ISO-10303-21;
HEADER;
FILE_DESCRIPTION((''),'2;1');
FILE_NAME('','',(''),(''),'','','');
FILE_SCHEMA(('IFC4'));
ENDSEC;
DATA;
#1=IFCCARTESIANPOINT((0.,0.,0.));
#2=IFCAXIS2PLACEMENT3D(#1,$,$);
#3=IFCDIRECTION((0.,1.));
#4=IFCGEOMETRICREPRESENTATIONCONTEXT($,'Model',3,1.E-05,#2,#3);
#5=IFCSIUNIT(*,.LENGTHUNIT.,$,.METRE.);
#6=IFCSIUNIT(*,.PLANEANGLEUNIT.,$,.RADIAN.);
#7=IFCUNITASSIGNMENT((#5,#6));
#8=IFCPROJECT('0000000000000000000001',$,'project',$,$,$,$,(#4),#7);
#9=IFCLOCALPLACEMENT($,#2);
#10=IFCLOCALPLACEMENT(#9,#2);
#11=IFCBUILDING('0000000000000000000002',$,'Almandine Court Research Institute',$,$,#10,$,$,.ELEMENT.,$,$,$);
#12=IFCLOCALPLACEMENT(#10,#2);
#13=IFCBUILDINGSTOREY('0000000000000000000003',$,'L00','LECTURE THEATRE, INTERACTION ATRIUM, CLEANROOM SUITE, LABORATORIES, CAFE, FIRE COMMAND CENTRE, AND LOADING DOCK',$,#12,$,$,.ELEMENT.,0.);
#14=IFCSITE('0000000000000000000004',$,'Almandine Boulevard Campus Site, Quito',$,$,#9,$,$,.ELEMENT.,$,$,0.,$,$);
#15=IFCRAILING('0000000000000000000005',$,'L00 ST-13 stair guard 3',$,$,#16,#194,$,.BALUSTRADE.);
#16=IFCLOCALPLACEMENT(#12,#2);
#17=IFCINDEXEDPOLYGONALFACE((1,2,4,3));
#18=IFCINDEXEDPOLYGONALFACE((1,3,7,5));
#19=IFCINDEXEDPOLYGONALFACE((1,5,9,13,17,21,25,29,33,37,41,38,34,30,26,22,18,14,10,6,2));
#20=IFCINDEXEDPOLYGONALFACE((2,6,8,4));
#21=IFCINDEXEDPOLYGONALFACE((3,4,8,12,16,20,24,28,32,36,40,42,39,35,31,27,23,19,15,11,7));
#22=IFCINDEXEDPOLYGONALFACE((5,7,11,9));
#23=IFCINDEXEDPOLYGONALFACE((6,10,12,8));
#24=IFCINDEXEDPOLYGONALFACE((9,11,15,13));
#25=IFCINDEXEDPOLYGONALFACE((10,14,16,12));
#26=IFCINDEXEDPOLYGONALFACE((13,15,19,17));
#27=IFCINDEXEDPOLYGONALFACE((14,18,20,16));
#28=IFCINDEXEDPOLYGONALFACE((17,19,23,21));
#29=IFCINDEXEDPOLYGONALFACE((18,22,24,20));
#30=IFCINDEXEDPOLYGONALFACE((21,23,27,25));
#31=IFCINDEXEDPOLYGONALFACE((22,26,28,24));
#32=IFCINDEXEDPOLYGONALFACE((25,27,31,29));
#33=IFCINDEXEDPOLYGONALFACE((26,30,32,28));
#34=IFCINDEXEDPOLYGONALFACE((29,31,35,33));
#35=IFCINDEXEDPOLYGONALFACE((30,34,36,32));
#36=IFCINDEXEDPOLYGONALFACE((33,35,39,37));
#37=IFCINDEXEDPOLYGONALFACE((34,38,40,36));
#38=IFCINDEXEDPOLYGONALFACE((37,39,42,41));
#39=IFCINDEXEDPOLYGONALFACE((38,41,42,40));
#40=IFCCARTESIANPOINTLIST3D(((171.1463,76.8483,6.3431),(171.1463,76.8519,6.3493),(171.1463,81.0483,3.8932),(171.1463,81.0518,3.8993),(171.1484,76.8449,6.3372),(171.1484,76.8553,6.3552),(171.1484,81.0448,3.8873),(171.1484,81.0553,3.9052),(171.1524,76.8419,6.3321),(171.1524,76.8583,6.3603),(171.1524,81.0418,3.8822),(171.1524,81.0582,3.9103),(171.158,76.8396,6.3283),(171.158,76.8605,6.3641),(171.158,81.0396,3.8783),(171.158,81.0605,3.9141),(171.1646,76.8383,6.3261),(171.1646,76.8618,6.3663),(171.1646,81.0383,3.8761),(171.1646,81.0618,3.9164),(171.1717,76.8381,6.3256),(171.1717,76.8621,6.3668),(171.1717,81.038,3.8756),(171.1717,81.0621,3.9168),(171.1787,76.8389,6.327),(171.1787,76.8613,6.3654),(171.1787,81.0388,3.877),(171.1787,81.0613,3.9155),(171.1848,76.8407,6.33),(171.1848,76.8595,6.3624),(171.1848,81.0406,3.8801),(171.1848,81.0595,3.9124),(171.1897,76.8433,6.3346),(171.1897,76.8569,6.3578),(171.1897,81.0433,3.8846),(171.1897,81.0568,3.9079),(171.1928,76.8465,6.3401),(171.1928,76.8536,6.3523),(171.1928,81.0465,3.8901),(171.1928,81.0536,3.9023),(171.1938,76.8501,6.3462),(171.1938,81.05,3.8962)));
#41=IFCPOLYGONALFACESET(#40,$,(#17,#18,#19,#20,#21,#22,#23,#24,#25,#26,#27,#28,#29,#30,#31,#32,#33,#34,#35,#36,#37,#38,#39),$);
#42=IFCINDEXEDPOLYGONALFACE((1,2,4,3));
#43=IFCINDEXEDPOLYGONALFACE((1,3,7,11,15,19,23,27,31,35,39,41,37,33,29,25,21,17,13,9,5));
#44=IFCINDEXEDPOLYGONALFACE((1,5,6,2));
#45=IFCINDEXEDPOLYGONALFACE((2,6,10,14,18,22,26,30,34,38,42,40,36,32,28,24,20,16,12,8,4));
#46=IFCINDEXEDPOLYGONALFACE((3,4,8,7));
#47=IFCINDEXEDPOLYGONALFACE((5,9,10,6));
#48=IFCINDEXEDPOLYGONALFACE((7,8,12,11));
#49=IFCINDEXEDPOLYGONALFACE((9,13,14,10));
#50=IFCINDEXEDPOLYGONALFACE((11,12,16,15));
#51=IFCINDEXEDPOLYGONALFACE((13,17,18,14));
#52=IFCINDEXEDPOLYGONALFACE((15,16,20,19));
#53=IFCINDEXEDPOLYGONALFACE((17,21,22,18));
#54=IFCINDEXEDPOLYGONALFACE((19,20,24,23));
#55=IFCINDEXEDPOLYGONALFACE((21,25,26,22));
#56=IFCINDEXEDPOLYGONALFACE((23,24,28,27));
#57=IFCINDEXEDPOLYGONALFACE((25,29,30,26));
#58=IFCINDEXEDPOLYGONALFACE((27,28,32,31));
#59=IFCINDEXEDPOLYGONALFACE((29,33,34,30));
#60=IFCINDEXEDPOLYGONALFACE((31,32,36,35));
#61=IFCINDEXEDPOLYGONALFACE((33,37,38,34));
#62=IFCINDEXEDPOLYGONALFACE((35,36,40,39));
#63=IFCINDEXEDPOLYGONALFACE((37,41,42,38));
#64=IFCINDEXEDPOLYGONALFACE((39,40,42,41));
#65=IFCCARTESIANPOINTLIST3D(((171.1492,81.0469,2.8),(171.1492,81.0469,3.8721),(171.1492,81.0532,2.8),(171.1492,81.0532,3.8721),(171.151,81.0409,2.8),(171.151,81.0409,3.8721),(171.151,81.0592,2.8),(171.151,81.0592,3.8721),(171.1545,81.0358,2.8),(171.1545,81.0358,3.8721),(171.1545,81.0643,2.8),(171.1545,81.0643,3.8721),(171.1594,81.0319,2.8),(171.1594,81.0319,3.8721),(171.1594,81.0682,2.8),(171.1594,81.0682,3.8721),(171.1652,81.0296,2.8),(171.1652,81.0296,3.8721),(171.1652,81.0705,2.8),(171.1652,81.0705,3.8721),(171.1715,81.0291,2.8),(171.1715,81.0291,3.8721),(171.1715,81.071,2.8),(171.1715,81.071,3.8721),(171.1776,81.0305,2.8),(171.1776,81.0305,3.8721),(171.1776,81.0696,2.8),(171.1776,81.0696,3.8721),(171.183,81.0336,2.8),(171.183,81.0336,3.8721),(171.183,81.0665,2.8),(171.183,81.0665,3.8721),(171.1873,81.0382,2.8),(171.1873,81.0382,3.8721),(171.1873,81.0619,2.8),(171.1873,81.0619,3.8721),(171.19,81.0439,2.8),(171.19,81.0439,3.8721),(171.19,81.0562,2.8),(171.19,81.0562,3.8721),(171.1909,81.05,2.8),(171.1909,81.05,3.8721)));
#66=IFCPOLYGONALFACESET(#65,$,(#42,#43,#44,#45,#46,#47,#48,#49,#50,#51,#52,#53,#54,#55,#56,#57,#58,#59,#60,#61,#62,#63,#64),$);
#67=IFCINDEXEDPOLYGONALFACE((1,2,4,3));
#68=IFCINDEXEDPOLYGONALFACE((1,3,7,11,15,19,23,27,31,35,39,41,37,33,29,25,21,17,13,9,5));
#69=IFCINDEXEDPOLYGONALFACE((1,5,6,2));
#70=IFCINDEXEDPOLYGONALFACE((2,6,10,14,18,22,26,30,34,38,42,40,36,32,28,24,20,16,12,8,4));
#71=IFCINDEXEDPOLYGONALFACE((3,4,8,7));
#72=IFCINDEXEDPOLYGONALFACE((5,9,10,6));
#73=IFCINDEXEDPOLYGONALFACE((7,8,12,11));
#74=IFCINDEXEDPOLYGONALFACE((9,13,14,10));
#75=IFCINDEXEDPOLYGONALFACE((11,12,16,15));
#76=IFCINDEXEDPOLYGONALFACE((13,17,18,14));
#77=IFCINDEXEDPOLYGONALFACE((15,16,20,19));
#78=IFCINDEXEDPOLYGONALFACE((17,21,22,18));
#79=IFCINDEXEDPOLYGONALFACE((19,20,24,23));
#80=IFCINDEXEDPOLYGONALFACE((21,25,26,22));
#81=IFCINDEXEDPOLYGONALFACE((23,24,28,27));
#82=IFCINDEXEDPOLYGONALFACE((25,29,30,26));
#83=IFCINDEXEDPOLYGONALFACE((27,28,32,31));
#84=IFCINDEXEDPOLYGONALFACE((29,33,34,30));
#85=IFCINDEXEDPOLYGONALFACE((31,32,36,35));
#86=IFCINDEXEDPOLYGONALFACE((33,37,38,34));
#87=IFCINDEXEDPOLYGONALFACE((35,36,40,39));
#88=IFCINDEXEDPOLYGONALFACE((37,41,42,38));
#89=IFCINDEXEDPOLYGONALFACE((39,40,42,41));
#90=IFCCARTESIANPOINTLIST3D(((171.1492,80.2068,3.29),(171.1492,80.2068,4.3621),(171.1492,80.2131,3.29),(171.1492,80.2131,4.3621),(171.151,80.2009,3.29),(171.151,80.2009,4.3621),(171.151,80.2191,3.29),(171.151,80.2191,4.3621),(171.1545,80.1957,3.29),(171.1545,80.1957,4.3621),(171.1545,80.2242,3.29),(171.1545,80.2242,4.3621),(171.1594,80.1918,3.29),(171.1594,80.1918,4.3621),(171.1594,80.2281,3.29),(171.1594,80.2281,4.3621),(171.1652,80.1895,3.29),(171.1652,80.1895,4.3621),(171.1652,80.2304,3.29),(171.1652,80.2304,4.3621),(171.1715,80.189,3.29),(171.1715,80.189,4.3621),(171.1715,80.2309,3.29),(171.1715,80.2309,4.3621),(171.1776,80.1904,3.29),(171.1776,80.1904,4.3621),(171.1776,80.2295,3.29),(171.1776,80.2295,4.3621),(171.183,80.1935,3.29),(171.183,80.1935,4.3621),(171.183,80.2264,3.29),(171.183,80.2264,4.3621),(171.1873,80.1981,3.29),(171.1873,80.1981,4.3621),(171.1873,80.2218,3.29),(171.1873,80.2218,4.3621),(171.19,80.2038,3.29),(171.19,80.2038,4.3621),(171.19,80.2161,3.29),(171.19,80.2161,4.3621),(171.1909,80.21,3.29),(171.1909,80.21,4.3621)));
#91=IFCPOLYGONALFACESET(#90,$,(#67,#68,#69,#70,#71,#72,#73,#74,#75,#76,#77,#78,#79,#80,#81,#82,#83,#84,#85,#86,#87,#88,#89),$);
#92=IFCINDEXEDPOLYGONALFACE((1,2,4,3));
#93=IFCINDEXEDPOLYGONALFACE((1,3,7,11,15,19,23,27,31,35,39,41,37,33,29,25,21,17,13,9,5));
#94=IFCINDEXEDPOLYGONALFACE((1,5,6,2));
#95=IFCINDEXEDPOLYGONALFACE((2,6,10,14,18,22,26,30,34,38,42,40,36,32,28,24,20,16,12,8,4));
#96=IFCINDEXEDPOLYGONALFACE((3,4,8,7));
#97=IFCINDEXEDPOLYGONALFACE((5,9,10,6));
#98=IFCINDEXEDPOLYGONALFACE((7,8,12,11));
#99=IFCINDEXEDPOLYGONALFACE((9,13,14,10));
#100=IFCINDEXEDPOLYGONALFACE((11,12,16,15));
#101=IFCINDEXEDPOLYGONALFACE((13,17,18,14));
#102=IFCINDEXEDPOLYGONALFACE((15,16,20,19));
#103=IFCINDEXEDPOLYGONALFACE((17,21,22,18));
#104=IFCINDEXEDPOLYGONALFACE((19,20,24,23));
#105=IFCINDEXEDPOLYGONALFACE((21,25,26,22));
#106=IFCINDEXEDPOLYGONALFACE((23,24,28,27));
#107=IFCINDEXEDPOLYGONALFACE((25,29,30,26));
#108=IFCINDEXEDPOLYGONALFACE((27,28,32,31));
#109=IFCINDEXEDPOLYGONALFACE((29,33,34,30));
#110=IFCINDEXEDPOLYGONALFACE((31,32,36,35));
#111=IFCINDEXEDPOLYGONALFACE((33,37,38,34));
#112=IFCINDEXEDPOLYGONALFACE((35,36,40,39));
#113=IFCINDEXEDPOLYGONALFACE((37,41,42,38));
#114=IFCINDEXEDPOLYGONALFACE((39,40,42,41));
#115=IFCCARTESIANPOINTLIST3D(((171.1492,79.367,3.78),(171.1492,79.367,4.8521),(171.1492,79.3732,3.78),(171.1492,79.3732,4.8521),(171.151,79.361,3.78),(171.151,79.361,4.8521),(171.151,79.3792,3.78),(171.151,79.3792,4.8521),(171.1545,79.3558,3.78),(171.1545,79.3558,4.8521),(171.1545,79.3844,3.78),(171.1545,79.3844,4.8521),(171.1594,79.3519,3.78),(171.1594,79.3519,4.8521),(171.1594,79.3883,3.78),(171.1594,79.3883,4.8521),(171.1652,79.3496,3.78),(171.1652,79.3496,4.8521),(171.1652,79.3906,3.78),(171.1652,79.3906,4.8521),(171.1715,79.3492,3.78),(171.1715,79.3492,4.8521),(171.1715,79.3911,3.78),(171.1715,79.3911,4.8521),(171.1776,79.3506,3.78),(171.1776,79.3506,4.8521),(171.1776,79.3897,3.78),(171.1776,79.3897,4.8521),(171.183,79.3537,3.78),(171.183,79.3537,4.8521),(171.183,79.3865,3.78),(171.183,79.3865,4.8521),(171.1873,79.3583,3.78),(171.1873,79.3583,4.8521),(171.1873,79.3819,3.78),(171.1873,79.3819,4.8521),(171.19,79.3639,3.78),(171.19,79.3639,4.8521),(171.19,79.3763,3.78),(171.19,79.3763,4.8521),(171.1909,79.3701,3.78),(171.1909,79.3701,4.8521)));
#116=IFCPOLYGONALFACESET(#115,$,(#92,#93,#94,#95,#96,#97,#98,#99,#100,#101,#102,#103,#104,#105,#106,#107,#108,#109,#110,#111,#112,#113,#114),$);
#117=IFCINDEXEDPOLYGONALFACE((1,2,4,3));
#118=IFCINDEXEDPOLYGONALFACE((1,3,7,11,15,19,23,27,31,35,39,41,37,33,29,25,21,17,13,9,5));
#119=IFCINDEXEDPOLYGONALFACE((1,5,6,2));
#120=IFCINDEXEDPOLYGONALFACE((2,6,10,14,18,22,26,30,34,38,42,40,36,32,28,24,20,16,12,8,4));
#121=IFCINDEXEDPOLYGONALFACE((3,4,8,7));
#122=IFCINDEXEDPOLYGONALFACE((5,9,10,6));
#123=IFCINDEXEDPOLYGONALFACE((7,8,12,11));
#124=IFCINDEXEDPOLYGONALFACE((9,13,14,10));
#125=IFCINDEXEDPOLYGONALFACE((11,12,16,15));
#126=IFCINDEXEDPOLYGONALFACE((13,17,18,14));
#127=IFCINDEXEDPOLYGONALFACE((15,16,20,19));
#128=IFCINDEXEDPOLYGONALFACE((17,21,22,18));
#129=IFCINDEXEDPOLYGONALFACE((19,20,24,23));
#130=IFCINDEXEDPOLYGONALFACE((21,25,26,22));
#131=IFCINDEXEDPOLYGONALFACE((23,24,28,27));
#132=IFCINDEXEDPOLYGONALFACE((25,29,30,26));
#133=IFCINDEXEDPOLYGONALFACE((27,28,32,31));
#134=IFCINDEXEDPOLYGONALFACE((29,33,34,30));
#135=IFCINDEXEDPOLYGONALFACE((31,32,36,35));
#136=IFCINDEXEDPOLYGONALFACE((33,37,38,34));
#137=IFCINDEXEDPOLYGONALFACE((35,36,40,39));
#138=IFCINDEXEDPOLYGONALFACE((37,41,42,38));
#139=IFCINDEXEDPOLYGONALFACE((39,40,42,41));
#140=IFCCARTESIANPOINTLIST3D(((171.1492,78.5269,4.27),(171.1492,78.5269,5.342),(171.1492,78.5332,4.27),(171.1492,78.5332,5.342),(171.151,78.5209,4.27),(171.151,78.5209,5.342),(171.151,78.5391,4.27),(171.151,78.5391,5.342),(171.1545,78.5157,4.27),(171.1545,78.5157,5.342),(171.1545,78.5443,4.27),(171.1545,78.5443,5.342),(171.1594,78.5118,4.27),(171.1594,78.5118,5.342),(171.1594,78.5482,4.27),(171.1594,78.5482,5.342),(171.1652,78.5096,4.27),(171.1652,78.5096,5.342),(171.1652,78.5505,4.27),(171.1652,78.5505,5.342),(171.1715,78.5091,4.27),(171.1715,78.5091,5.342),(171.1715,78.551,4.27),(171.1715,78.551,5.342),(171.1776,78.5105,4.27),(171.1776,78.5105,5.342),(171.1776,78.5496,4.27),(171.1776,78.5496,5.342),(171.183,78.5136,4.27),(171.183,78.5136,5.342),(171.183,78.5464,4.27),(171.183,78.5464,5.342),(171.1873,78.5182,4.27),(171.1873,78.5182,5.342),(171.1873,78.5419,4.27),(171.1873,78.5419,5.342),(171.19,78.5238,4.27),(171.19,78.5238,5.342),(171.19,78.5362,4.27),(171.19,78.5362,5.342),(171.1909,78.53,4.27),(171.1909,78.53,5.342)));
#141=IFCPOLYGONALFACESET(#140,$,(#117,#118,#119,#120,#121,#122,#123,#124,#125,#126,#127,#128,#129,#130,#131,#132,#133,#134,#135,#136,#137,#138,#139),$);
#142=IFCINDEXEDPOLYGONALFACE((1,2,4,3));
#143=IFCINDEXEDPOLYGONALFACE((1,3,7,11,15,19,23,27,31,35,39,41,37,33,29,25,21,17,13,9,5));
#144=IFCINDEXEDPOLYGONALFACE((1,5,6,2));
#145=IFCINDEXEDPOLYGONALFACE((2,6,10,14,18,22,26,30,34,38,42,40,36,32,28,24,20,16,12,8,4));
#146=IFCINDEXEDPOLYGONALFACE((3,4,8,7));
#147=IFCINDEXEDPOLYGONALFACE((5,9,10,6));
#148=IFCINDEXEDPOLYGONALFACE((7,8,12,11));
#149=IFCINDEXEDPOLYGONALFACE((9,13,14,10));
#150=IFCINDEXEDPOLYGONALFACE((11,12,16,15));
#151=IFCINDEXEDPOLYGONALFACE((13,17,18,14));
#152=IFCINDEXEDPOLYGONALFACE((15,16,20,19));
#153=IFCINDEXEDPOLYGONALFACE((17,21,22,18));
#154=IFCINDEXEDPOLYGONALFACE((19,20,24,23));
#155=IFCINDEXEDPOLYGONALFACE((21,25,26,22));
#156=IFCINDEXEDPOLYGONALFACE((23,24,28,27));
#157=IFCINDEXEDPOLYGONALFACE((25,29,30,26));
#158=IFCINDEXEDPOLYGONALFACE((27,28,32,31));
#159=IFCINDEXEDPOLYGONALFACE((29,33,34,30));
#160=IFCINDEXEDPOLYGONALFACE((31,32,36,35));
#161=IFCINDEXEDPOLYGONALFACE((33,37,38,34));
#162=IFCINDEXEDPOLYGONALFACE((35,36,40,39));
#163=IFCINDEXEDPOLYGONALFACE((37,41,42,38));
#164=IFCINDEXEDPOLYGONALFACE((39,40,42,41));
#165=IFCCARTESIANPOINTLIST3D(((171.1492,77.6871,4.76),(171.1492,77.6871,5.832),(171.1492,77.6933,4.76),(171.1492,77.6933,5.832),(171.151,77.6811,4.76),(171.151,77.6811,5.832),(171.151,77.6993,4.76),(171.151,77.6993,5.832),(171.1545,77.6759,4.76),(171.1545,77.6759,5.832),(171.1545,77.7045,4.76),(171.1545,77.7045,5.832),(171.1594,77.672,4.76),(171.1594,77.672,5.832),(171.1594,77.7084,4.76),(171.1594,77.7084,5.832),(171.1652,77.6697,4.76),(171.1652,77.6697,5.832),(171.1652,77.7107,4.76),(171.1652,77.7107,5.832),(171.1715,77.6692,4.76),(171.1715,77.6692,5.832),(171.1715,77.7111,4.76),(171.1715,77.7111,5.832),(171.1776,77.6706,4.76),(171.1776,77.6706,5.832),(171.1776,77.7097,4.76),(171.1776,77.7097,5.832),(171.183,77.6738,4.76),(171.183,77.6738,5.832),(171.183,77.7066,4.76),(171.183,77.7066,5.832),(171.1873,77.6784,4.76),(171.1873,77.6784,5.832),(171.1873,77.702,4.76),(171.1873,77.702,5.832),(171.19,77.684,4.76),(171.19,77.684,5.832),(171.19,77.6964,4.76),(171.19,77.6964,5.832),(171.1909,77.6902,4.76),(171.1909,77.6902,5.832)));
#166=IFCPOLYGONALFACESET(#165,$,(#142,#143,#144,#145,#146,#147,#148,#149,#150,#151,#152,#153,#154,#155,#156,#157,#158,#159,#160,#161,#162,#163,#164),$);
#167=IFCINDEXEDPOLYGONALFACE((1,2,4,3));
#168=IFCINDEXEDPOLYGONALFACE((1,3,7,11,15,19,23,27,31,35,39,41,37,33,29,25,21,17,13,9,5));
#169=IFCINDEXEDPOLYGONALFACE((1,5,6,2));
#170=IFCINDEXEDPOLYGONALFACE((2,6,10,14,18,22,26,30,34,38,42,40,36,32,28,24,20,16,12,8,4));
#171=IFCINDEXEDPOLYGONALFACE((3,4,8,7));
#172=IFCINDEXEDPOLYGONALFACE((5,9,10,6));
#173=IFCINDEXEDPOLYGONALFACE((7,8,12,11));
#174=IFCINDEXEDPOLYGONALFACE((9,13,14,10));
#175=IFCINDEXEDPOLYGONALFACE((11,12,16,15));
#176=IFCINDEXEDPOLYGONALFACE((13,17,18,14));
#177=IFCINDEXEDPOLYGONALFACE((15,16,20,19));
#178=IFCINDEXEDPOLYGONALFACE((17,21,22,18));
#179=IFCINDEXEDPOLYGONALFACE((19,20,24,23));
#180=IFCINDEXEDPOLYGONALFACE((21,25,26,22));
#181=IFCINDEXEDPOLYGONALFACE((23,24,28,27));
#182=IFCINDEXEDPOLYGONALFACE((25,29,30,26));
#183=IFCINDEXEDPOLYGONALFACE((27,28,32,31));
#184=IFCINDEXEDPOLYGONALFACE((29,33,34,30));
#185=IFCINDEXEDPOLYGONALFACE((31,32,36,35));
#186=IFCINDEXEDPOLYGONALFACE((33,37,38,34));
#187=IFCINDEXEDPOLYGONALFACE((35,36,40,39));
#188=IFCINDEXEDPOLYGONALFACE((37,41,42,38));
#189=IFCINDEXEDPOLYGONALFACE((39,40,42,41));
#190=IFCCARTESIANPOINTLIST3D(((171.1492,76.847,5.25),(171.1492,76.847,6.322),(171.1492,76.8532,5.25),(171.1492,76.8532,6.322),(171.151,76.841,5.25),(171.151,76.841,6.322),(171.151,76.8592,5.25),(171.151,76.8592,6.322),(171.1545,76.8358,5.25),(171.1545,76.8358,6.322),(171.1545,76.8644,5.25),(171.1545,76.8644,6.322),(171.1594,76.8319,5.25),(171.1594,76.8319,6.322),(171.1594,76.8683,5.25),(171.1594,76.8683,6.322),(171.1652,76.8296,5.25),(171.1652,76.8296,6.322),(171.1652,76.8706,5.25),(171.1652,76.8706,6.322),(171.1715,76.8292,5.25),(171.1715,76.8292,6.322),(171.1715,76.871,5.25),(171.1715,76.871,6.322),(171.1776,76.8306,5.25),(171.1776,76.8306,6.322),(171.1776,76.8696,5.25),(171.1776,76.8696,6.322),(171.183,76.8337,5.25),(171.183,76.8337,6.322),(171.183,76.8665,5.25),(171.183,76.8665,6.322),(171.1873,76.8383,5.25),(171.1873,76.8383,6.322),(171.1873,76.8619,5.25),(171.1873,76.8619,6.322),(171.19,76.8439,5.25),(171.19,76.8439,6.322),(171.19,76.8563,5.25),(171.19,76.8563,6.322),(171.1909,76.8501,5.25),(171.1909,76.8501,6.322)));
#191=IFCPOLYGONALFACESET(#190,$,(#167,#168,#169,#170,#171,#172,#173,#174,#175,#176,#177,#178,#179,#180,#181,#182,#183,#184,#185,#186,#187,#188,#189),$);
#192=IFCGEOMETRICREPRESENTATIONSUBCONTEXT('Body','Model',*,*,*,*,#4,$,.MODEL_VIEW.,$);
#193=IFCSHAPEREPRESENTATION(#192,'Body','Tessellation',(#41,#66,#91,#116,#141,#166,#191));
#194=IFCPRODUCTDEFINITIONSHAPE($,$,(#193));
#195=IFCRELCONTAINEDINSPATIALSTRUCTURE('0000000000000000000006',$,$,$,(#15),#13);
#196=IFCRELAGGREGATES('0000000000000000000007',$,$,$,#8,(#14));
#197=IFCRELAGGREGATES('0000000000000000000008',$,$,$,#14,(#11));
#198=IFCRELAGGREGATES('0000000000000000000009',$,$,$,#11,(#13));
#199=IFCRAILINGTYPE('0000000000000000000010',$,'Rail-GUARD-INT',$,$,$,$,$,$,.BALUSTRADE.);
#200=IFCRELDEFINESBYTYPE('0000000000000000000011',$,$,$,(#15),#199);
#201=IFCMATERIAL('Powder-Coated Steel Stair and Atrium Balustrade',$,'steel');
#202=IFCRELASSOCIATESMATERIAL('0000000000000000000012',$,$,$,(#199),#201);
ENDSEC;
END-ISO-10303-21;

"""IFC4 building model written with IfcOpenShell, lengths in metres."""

from ifc_helpers import new_model, si_unit, direction, frame, origin, origin_2d, place, context, subcontext, project, spatial, circle, extrude, material, type_object, element, save


model = new_model("IFC4")

# Units and contexts
model_context = context("Model", 3, precision=1e-05, world=origin(), true_north=direction((0.0, 1.0)))
body_context = subcontext(model_context, "Body", "Model", "MODEL_VIEW")
ifc_project = project(units=[si_unit("LENGTHUNIT", "METRE"), si_unit("PLANEANGLEUNIT", "RADIAN")], contexts=[model_context])

# Site, building, storey
site_placement = place(None, origin())
site = spatial("IfcSite", under=ifc_project, at=site_placement, Name="Almandine Boulevard Campus Site, Quito", CompositionType="ELEMENT", RefElevation=0.0)
building_placement = place(site_placement, origin())
building = spatial("IfcBuilding", under=site, at=building_placement, Name="Almandine Court Research Institute", CompositionType="ELEMENT")
storey_placement = place(building_placement, origin())
storey = spatial("IfcBuildingStorey", under=building, at=storey_placement, Name="L00", Description="LECTURE THEATRE, INTERACTION ATRIUM, CLEANROOM SUITE, LABORATORIES, CAFE, FIRE COMMAND CENTRE, AND LOADING DOCK", CompositionType="ELEMENT", Elevation=0.0)

# Railing
ifc_material_1 = material(Name="Powder-Coated Steel Stair and Atrium Balustrade", Category="steel")
railing_type_1 = type_object("IfcRailingType", Name="Rail-GUARD-INT", PredefinedType="BALUSTRADE", material=ifc_material_1)
railing_1_placement = place(storey_placement, frame((171.1699, 81.05, 2.8)))
element("IfcRailing", 1, at=railing_1_placement, inside=storey, type_object=railing_type_1, Name="L00 ST-13 stair guard 3", PredefinedType="BALUSTRADE", context=body_context, shape_type="SweptSolid", body=[
    extrude(circle(Radius=0.0239, at=origin_2d()), frame((0.0, 0.0, 1.0962), z_axis=(0.0, -0.863781, 0.503868), x_axis=(1.0, 0.0, 0.0)), (0.0, 0.0, 1.0), 4.8623),
    extrude(circle(Radius=0.021, at=origin_2d()), origin(), (0.0, 0.0, 1.0), 1.072),
    extrude(circle(Radius=0.021, at=origin_2d()), frame((0.0, -0.8401, 0.49)), (0.0, 0.0, 1.0), 1.072),
    extrude(circle(Radius=0.021, at=origin_2d()), frame((0.0, -1.6799, 0.98)), (0.0, 0.0, 1.0), 1.072),
    extrude(circle(Radius=0.021, at=origin_2d()), frame((0.0, -2.52, 1.47)), (0.0, 0.0, 1.0), 1.072),
    extrude(circle(Radius=0.021, at=origin_2d()), frame((0.0, -3.3599, 1.96)), (0.0, 0.0, 1.0), 1.072),
    extrude(circle(Radius=0.021, at=origin_2d()), frame((0.0, -4.2, 2.45)), (0.0, 0.0, 1.0), 1.072),
])

save(model, "model.ifc")
